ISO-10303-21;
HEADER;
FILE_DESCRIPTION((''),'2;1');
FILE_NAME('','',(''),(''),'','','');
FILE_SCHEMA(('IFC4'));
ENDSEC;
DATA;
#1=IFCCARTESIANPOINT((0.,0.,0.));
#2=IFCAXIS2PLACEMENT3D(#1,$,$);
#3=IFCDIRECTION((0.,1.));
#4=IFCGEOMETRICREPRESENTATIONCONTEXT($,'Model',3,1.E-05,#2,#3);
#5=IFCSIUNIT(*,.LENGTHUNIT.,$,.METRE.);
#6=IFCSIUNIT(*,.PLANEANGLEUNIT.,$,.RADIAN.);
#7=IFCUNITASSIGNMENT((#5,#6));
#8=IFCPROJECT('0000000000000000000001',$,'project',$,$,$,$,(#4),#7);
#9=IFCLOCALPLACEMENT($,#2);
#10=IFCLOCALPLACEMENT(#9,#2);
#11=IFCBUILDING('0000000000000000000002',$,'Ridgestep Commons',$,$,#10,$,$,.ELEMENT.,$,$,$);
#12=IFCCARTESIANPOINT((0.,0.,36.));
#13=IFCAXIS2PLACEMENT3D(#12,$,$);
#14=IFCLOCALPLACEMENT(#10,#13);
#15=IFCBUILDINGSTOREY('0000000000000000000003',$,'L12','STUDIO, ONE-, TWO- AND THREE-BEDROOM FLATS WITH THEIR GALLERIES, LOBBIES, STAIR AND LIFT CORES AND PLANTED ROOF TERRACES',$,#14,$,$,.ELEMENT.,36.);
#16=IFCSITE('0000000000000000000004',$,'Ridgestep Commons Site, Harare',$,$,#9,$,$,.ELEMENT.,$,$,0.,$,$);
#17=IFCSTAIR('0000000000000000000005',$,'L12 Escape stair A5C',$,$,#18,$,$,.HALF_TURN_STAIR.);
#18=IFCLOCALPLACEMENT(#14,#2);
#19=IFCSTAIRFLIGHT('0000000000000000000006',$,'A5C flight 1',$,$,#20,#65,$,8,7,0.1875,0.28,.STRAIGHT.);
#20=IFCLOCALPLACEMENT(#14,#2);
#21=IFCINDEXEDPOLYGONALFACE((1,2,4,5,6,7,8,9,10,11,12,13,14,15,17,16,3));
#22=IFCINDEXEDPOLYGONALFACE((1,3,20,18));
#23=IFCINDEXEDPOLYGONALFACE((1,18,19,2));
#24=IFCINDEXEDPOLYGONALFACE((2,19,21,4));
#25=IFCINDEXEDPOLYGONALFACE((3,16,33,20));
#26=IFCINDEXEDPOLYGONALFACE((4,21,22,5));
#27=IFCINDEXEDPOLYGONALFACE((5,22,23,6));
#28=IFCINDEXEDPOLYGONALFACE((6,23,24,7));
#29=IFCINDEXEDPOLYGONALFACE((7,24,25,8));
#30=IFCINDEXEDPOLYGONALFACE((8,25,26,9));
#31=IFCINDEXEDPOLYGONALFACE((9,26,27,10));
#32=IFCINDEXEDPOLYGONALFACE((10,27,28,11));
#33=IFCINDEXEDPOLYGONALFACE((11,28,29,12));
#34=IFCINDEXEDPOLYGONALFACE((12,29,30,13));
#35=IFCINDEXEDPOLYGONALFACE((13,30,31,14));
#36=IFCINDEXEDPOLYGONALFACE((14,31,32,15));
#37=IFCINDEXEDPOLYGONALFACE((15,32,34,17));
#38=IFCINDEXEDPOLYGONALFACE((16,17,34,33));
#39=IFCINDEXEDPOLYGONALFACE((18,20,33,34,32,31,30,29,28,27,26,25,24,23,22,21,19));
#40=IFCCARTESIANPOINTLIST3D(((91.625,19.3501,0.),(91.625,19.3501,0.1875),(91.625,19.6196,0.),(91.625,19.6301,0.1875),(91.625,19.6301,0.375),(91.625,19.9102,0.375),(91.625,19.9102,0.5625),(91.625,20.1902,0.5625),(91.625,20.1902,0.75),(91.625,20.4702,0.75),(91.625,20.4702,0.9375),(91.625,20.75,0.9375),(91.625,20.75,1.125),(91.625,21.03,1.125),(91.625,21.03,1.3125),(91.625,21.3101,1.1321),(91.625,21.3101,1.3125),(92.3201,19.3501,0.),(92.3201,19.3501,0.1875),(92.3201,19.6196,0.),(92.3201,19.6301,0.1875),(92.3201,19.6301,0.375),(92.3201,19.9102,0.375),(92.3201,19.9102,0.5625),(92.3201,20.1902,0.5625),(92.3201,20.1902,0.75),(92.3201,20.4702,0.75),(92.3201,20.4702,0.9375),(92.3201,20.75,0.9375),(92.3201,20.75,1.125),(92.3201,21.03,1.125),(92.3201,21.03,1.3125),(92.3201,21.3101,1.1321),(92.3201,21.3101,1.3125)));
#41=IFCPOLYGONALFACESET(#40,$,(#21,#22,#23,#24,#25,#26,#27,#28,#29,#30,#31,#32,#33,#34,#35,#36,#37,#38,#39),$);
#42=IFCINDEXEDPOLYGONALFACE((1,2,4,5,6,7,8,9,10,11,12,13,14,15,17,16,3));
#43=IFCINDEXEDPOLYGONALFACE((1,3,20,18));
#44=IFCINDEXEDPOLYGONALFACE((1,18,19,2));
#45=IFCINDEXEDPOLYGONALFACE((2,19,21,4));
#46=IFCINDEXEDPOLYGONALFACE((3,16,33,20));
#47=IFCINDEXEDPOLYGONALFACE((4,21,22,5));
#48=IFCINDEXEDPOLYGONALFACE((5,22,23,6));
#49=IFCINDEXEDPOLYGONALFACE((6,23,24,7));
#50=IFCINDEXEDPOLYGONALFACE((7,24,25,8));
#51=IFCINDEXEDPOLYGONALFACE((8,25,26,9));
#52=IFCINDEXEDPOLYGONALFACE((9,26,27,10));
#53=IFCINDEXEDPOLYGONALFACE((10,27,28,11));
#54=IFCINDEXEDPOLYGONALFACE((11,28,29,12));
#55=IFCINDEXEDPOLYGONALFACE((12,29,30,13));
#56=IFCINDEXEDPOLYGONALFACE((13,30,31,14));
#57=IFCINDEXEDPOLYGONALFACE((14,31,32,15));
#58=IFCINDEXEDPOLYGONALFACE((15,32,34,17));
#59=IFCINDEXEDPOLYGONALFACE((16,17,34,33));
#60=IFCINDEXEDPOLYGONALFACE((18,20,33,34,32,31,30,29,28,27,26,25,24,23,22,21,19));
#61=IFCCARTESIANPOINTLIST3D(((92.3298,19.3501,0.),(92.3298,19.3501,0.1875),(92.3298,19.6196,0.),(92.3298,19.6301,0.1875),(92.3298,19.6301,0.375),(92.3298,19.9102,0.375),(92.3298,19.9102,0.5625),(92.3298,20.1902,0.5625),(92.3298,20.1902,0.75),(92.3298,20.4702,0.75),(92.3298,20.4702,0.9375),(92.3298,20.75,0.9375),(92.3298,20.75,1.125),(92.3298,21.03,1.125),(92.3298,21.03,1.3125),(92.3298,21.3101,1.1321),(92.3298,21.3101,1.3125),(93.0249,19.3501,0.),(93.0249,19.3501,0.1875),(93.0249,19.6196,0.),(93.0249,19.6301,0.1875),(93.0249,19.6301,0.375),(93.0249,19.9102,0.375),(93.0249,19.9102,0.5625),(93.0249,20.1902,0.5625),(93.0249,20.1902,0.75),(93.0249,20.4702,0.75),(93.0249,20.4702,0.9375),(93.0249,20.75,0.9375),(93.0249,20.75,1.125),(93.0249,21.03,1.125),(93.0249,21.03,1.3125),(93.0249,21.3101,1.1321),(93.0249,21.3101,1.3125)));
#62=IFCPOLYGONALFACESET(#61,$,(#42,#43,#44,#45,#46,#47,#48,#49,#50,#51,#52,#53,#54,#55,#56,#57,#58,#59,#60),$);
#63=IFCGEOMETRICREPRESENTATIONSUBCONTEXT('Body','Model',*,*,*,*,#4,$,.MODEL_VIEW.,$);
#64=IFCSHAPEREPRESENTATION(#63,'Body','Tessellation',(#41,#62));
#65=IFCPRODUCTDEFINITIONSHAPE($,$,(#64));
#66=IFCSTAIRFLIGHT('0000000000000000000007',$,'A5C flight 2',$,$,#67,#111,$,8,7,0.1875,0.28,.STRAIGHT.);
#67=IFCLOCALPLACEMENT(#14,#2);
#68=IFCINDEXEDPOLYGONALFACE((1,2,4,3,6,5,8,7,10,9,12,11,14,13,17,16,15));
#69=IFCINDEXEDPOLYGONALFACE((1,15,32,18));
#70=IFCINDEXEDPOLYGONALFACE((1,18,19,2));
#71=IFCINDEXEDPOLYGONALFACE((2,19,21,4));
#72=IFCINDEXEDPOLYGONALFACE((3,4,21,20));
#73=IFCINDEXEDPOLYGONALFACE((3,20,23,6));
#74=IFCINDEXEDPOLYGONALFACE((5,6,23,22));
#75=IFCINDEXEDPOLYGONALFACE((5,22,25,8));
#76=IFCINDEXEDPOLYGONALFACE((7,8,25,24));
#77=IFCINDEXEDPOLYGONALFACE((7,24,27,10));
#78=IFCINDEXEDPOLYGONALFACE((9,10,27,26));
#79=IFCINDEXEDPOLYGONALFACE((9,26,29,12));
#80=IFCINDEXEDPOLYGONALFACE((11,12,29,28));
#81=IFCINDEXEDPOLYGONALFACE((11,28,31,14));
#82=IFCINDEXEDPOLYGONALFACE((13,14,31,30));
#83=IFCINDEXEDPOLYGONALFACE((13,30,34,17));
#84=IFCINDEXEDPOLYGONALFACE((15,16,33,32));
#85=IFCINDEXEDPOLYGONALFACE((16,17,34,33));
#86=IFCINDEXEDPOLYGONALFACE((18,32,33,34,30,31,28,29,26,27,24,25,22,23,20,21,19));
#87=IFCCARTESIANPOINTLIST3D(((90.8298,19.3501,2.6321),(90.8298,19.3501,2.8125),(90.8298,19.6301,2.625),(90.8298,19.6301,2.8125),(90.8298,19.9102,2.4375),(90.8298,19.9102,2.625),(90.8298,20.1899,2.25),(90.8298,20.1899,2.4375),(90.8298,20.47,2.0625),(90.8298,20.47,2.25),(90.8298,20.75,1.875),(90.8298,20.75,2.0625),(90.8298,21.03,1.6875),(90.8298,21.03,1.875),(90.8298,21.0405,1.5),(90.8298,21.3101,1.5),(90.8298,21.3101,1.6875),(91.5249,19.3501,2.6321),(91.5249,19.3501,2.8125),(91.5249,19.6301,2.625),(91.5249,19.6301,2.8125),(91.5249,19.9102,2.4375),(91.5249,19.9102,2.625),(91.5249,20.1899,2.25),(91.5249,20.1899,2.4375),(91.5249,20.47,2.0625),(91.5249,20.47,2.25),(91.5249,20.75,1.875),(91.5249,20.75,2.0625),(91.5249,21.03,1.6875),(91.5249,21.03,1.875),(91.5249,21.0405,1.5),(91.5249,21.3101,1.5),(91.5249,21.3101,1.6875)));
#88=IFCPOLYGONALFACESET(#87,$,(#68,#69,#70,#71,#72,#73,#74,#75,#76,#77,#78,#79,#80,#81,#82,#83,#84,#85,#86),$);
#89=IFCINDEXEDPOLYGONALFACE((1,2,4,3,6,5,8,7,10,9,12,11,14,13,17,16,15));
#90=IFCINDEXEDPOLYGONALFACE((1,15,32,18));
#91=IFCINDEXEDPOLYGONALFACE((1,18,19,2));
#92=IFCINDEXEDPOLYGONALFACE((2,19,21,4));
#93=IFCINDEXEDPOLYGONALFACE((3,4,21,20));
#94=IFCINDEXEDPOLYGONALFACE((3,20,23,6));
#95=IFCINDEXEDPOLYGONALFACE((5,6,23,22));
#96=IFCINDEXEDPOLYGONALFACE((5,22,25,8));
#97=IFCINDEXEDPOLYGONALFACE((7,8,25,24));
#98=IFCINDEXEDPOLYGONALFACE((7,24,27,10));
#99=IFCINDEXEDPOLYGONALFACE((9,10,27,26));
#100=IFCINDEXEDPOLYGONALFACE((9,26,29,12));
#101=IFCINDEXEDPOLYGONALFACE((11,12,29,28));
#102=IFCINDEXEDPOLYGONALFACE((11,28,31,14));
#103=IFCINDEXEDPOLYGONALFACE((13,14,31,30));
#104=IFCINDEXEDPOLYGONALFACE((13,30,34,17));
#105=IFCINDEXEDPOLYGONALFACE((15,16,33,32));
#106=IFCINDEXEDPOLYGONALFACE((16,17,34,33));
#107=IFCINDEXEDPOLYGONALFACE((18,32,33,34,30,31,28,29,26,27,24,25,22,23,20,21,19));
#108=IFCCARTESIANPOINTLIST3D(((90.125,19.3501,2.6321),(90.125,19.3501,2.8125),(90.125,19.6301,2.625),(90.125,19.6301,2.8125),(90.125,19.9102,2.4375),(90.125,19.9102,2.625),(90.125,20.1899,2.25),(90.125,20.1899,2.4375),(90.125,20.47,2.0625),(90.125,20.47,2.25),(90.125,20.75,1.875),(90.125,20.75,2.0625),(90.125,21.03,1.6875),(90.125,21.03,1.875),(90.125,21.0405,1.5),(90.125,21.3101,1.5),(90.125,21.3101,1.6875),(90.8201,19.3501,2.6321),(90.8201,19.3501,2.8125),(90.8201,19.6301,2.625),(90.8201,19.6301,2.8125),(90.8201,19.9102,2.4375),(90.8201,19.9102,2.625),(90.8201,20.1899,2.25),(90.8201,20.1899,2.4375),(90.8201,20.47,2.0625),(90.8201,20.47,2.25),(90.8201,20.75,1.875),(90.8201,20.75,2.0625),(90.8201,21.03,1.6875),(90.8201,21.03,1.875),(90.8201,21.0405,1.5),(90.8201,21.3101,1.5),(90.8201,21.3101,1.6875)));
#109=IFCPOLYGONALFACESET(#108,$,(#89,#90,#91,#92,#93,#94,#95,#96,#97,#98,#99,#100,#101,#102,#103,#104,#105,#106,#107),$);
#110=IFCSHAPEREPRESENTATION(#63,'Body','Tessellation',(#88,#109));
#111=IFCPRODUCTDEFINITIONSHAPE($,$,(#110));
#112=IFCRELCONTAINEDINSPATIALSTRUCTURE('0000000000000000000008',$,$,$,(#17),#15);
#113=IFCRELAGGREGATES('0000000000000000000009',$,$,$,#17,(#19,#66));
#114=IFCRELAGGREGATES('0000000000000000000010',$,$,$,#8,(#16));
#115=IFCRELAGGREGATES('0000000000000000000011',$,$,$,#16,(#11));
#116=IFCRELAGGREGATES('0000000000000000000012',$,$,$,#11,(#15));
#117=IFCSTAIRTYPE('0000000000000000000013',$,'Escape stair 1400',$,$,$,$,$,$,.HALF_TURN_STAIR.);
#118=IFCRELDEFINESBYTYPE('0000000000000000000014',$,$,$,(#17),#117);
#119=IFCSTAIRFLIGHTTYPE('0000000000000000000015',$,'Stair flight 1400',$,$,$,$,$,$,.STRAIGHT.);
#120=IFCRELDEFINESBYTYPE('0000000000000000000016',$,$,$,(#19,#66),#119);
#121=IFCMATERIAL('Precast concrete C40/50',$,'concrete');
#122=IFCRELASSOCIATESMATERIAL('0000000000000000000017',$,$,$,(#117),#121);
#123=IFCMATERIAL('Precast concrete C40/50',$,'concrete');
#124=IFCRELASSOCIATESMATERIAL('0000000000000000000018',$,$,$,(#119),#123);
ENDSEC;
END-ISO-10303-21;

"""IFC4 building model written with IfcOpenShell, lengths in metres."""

from ifc_helpers import new_model, si_unit, direction, frame, origin, place, context, subcontext, project, spatial, polyline, outline, extrude, material, type_object, element, aggregate, save


model = new_model("IFC4")

# Units and contexts
model_context = context("Model", 3, precision=1e-05, world=origin(), true_north=direction((0.0, 1.0)))
body_context = subcontext(model_context, "Body", "Model", "MODEL_VIEW")
ifc_project = project(units=[si_unit("LENGTHUNIT", "METRE"), si_unit("PLANEANGLEUNIT", "RADIAN")], contexts=[model_context])

# Site, building, storey
site_placement = place(None, origin())
site = spatial("IfcSite", under=ifc_project, at=site_placement, Name="Ridgestep Commons Site, Harare", CompositionType="ELEMENT", RefElevation=0.0)
building_placement = place(site_placement, origin())
building = spatial("IfcBuilding", under=site, at=building_placement, Name="Ridgestep Commons", CompositionType="ELEMENT")
storey_placement = place(building_placement, frame((0.0, 0.0, 36.0)))
storey = spatial("IfcBuildingStorey", under=building, at=storey_placement, Name="L12", Description="STUDIO, ONE-, TWO- AND THREE-BEDROOM FLATS WITH THEIR GALLERIES, LOBBIES, STAIR AND LIFT CORES AND PLANTED ROOF TERRACES", CompositionType="ELEMENT", Elevation=36.0)

# Stair, stair flights
ifc_material_1 = material(Name="Precast concrete C40/50", Category="concrete")
stair_type = type_object("IfcStairType", Name="Escape stair 1400", PredefinedType="HALF_TURN_STAIR", material=ifc_material_1)
stair_placement = place(storey_placement, origin())
stair = element("IfcStair", 1, at=stair_placement, inside=storey, type_object=stair_type, Name="L12 Escape stair A5C", PredefinedType="HALF_TURN_STAIR")
ifc_material_2 = material(Name="Precast concrete C40/50", Category="concrete")
stair_flight_type = type_object("IfcStairFlightType", Name="Stair flight 1400", PredefinedType="STRAIGHT", material=ifc_material_2)
stair_flight_1_placement = place(storey_placement, frame((92.325, 19.3501, 0.0), z_axis=(0.0, 0.0, 1.0), x_axis=(0.0, 1.0, 0.0)))
stair_flight_1 = element("IfcStairFlight", 2, at=stair_flight_1_placement, type_object=stair_flight_type, Name="A5C flight 1", NumberOfRisers=8, NumberOfTreads=7, PredefinedType="STRAIGHT", RiserHeight=0.1875, TreadLength=0.28, context=body_context, shape_type="SweptSolid", body=[
    extrude(outline(polyline([(0.0, 0.0), (0.0, 0.1875), (0.28, 0.1875), (0.28, 0.375), (0.5601, 0.375), (0.5601, 0.5625), (0.8401, 0.5625), (0.8401, 0.75), (1.1201, 0.75), (1.1201, 0.9375), (1.3999, 0.9375), (1.3999, 1.125), (1.6799, 1.125), (1.6799, 1.3125), (1.96, 1.3125), (1.96, 1.5), (1.96, 1.1321), (0.2695, 0.0), (0.0, 0.0)])), frame((0.0, 0.7, 0.0), z_axis=(0.0, -1.0, 0.0), x_axis=(1.0, 0.0, 0.0)), (0.0, 0.0, 1.0), 0.6951),
    extrude(outline(polyline([(0.0, 0.0), (0.0, 0.1875), (0.28, 0.1875), (0.28, 0.375), (0.5601, 0.375), (0.5601, 0.5625), (0.8401, 0.5625), (0.8401, 0.75), (1.1201, 0.75), (1.1201, 0.9375), (1.3999, 0.9375), (1.3999, 1.125), (1.6799, 1.125), (1.6799, 1.3125), (1.96, 1.3125), (1.96, 1.5), (1.96, 1.1321), (0.2695, 0.0), (0.0, 0.0)])), frame((0.0, -0.0049, 0.0), z_axis=(0.0, -1.0, 0.0), x_axis=(1.0, 0.0, 0.0)), (0.0, 0.0, 1.0), 0.6951),
])
stair_flight_2_placement = place(storey_placement, frame((90.825, 21.3101, 1.5), z_axis=(0.0, 0.0, 1.0), x_axis=(0.0, -1.0, 0.0)))
stair_flight_2 = element("IfcStairFlight", 3, at=stair_flight_2_placement, type_object=stair_flight_type, Name="A5C flight 2", NumberOfRisers=8, NumberOfTreads=7, PredefinedType="STRAIGHT", RiserHeight=0.1875, TreadLength=0.28, context=body_context, shape_type="SweptSolid", body=[
    extrude(outline(polyline([(0.0, 0.0), (0.0, 0.1875), (0.28, 0.1875), (0.28, 0.375), (0.5601, 0.375), (0.5601, 0.5625), (0.8401, 0.5625), (0.8401, 0.75), (1.1201, 0.75), (1.1201, 0.9375), (1.3999, 0.9375), (1.3999, 1.125), (1.6799, 1.125), (1.6799, 1.3125), (1.96, 1.3125), (1.96, 1.5), (1.96, 1.1321), (0.2695, 0.0), (0.0, 0.0)])), frame((0.0, 0.7, 0.0), z_axis=(0.0, -1.0, 0.0), x_axis=(1.0, 0.0, 0.0)), (0.0, 0.0, 1.0), 0.6951),
    extrude(outline(polyline([(0.0, 0.0), (0.0, 0.1875), (0.28, 0.1875), (0.28, 0.375), (0.5601, 0.375), (0.5601, 0.5625), (0.8401, 0.5625), (0.8401, 0.75), (1.1201, 0.75), (1.1201, 0.9375), (1.3999, 0.9375), (1.3999, 1.125), (1.6799, 1.125), (1.6799, 1.3125), (1.96, 1.3125), (1.96, 1.5), (1.96, 1.1321), (0.2695, 0.0), (0.0, 0.0)])), frame((0.0, -0.0049, 0.0), z_axis=(0.0, -1.0, 0.0), x_axis=(1.0, 0.0, 0.0)), (0.0, 0.0, 1.0), 0.6951),
])
aggregate(stair, [stair_flight_1, stair_flight_2])

save(model, "model.ifc")
